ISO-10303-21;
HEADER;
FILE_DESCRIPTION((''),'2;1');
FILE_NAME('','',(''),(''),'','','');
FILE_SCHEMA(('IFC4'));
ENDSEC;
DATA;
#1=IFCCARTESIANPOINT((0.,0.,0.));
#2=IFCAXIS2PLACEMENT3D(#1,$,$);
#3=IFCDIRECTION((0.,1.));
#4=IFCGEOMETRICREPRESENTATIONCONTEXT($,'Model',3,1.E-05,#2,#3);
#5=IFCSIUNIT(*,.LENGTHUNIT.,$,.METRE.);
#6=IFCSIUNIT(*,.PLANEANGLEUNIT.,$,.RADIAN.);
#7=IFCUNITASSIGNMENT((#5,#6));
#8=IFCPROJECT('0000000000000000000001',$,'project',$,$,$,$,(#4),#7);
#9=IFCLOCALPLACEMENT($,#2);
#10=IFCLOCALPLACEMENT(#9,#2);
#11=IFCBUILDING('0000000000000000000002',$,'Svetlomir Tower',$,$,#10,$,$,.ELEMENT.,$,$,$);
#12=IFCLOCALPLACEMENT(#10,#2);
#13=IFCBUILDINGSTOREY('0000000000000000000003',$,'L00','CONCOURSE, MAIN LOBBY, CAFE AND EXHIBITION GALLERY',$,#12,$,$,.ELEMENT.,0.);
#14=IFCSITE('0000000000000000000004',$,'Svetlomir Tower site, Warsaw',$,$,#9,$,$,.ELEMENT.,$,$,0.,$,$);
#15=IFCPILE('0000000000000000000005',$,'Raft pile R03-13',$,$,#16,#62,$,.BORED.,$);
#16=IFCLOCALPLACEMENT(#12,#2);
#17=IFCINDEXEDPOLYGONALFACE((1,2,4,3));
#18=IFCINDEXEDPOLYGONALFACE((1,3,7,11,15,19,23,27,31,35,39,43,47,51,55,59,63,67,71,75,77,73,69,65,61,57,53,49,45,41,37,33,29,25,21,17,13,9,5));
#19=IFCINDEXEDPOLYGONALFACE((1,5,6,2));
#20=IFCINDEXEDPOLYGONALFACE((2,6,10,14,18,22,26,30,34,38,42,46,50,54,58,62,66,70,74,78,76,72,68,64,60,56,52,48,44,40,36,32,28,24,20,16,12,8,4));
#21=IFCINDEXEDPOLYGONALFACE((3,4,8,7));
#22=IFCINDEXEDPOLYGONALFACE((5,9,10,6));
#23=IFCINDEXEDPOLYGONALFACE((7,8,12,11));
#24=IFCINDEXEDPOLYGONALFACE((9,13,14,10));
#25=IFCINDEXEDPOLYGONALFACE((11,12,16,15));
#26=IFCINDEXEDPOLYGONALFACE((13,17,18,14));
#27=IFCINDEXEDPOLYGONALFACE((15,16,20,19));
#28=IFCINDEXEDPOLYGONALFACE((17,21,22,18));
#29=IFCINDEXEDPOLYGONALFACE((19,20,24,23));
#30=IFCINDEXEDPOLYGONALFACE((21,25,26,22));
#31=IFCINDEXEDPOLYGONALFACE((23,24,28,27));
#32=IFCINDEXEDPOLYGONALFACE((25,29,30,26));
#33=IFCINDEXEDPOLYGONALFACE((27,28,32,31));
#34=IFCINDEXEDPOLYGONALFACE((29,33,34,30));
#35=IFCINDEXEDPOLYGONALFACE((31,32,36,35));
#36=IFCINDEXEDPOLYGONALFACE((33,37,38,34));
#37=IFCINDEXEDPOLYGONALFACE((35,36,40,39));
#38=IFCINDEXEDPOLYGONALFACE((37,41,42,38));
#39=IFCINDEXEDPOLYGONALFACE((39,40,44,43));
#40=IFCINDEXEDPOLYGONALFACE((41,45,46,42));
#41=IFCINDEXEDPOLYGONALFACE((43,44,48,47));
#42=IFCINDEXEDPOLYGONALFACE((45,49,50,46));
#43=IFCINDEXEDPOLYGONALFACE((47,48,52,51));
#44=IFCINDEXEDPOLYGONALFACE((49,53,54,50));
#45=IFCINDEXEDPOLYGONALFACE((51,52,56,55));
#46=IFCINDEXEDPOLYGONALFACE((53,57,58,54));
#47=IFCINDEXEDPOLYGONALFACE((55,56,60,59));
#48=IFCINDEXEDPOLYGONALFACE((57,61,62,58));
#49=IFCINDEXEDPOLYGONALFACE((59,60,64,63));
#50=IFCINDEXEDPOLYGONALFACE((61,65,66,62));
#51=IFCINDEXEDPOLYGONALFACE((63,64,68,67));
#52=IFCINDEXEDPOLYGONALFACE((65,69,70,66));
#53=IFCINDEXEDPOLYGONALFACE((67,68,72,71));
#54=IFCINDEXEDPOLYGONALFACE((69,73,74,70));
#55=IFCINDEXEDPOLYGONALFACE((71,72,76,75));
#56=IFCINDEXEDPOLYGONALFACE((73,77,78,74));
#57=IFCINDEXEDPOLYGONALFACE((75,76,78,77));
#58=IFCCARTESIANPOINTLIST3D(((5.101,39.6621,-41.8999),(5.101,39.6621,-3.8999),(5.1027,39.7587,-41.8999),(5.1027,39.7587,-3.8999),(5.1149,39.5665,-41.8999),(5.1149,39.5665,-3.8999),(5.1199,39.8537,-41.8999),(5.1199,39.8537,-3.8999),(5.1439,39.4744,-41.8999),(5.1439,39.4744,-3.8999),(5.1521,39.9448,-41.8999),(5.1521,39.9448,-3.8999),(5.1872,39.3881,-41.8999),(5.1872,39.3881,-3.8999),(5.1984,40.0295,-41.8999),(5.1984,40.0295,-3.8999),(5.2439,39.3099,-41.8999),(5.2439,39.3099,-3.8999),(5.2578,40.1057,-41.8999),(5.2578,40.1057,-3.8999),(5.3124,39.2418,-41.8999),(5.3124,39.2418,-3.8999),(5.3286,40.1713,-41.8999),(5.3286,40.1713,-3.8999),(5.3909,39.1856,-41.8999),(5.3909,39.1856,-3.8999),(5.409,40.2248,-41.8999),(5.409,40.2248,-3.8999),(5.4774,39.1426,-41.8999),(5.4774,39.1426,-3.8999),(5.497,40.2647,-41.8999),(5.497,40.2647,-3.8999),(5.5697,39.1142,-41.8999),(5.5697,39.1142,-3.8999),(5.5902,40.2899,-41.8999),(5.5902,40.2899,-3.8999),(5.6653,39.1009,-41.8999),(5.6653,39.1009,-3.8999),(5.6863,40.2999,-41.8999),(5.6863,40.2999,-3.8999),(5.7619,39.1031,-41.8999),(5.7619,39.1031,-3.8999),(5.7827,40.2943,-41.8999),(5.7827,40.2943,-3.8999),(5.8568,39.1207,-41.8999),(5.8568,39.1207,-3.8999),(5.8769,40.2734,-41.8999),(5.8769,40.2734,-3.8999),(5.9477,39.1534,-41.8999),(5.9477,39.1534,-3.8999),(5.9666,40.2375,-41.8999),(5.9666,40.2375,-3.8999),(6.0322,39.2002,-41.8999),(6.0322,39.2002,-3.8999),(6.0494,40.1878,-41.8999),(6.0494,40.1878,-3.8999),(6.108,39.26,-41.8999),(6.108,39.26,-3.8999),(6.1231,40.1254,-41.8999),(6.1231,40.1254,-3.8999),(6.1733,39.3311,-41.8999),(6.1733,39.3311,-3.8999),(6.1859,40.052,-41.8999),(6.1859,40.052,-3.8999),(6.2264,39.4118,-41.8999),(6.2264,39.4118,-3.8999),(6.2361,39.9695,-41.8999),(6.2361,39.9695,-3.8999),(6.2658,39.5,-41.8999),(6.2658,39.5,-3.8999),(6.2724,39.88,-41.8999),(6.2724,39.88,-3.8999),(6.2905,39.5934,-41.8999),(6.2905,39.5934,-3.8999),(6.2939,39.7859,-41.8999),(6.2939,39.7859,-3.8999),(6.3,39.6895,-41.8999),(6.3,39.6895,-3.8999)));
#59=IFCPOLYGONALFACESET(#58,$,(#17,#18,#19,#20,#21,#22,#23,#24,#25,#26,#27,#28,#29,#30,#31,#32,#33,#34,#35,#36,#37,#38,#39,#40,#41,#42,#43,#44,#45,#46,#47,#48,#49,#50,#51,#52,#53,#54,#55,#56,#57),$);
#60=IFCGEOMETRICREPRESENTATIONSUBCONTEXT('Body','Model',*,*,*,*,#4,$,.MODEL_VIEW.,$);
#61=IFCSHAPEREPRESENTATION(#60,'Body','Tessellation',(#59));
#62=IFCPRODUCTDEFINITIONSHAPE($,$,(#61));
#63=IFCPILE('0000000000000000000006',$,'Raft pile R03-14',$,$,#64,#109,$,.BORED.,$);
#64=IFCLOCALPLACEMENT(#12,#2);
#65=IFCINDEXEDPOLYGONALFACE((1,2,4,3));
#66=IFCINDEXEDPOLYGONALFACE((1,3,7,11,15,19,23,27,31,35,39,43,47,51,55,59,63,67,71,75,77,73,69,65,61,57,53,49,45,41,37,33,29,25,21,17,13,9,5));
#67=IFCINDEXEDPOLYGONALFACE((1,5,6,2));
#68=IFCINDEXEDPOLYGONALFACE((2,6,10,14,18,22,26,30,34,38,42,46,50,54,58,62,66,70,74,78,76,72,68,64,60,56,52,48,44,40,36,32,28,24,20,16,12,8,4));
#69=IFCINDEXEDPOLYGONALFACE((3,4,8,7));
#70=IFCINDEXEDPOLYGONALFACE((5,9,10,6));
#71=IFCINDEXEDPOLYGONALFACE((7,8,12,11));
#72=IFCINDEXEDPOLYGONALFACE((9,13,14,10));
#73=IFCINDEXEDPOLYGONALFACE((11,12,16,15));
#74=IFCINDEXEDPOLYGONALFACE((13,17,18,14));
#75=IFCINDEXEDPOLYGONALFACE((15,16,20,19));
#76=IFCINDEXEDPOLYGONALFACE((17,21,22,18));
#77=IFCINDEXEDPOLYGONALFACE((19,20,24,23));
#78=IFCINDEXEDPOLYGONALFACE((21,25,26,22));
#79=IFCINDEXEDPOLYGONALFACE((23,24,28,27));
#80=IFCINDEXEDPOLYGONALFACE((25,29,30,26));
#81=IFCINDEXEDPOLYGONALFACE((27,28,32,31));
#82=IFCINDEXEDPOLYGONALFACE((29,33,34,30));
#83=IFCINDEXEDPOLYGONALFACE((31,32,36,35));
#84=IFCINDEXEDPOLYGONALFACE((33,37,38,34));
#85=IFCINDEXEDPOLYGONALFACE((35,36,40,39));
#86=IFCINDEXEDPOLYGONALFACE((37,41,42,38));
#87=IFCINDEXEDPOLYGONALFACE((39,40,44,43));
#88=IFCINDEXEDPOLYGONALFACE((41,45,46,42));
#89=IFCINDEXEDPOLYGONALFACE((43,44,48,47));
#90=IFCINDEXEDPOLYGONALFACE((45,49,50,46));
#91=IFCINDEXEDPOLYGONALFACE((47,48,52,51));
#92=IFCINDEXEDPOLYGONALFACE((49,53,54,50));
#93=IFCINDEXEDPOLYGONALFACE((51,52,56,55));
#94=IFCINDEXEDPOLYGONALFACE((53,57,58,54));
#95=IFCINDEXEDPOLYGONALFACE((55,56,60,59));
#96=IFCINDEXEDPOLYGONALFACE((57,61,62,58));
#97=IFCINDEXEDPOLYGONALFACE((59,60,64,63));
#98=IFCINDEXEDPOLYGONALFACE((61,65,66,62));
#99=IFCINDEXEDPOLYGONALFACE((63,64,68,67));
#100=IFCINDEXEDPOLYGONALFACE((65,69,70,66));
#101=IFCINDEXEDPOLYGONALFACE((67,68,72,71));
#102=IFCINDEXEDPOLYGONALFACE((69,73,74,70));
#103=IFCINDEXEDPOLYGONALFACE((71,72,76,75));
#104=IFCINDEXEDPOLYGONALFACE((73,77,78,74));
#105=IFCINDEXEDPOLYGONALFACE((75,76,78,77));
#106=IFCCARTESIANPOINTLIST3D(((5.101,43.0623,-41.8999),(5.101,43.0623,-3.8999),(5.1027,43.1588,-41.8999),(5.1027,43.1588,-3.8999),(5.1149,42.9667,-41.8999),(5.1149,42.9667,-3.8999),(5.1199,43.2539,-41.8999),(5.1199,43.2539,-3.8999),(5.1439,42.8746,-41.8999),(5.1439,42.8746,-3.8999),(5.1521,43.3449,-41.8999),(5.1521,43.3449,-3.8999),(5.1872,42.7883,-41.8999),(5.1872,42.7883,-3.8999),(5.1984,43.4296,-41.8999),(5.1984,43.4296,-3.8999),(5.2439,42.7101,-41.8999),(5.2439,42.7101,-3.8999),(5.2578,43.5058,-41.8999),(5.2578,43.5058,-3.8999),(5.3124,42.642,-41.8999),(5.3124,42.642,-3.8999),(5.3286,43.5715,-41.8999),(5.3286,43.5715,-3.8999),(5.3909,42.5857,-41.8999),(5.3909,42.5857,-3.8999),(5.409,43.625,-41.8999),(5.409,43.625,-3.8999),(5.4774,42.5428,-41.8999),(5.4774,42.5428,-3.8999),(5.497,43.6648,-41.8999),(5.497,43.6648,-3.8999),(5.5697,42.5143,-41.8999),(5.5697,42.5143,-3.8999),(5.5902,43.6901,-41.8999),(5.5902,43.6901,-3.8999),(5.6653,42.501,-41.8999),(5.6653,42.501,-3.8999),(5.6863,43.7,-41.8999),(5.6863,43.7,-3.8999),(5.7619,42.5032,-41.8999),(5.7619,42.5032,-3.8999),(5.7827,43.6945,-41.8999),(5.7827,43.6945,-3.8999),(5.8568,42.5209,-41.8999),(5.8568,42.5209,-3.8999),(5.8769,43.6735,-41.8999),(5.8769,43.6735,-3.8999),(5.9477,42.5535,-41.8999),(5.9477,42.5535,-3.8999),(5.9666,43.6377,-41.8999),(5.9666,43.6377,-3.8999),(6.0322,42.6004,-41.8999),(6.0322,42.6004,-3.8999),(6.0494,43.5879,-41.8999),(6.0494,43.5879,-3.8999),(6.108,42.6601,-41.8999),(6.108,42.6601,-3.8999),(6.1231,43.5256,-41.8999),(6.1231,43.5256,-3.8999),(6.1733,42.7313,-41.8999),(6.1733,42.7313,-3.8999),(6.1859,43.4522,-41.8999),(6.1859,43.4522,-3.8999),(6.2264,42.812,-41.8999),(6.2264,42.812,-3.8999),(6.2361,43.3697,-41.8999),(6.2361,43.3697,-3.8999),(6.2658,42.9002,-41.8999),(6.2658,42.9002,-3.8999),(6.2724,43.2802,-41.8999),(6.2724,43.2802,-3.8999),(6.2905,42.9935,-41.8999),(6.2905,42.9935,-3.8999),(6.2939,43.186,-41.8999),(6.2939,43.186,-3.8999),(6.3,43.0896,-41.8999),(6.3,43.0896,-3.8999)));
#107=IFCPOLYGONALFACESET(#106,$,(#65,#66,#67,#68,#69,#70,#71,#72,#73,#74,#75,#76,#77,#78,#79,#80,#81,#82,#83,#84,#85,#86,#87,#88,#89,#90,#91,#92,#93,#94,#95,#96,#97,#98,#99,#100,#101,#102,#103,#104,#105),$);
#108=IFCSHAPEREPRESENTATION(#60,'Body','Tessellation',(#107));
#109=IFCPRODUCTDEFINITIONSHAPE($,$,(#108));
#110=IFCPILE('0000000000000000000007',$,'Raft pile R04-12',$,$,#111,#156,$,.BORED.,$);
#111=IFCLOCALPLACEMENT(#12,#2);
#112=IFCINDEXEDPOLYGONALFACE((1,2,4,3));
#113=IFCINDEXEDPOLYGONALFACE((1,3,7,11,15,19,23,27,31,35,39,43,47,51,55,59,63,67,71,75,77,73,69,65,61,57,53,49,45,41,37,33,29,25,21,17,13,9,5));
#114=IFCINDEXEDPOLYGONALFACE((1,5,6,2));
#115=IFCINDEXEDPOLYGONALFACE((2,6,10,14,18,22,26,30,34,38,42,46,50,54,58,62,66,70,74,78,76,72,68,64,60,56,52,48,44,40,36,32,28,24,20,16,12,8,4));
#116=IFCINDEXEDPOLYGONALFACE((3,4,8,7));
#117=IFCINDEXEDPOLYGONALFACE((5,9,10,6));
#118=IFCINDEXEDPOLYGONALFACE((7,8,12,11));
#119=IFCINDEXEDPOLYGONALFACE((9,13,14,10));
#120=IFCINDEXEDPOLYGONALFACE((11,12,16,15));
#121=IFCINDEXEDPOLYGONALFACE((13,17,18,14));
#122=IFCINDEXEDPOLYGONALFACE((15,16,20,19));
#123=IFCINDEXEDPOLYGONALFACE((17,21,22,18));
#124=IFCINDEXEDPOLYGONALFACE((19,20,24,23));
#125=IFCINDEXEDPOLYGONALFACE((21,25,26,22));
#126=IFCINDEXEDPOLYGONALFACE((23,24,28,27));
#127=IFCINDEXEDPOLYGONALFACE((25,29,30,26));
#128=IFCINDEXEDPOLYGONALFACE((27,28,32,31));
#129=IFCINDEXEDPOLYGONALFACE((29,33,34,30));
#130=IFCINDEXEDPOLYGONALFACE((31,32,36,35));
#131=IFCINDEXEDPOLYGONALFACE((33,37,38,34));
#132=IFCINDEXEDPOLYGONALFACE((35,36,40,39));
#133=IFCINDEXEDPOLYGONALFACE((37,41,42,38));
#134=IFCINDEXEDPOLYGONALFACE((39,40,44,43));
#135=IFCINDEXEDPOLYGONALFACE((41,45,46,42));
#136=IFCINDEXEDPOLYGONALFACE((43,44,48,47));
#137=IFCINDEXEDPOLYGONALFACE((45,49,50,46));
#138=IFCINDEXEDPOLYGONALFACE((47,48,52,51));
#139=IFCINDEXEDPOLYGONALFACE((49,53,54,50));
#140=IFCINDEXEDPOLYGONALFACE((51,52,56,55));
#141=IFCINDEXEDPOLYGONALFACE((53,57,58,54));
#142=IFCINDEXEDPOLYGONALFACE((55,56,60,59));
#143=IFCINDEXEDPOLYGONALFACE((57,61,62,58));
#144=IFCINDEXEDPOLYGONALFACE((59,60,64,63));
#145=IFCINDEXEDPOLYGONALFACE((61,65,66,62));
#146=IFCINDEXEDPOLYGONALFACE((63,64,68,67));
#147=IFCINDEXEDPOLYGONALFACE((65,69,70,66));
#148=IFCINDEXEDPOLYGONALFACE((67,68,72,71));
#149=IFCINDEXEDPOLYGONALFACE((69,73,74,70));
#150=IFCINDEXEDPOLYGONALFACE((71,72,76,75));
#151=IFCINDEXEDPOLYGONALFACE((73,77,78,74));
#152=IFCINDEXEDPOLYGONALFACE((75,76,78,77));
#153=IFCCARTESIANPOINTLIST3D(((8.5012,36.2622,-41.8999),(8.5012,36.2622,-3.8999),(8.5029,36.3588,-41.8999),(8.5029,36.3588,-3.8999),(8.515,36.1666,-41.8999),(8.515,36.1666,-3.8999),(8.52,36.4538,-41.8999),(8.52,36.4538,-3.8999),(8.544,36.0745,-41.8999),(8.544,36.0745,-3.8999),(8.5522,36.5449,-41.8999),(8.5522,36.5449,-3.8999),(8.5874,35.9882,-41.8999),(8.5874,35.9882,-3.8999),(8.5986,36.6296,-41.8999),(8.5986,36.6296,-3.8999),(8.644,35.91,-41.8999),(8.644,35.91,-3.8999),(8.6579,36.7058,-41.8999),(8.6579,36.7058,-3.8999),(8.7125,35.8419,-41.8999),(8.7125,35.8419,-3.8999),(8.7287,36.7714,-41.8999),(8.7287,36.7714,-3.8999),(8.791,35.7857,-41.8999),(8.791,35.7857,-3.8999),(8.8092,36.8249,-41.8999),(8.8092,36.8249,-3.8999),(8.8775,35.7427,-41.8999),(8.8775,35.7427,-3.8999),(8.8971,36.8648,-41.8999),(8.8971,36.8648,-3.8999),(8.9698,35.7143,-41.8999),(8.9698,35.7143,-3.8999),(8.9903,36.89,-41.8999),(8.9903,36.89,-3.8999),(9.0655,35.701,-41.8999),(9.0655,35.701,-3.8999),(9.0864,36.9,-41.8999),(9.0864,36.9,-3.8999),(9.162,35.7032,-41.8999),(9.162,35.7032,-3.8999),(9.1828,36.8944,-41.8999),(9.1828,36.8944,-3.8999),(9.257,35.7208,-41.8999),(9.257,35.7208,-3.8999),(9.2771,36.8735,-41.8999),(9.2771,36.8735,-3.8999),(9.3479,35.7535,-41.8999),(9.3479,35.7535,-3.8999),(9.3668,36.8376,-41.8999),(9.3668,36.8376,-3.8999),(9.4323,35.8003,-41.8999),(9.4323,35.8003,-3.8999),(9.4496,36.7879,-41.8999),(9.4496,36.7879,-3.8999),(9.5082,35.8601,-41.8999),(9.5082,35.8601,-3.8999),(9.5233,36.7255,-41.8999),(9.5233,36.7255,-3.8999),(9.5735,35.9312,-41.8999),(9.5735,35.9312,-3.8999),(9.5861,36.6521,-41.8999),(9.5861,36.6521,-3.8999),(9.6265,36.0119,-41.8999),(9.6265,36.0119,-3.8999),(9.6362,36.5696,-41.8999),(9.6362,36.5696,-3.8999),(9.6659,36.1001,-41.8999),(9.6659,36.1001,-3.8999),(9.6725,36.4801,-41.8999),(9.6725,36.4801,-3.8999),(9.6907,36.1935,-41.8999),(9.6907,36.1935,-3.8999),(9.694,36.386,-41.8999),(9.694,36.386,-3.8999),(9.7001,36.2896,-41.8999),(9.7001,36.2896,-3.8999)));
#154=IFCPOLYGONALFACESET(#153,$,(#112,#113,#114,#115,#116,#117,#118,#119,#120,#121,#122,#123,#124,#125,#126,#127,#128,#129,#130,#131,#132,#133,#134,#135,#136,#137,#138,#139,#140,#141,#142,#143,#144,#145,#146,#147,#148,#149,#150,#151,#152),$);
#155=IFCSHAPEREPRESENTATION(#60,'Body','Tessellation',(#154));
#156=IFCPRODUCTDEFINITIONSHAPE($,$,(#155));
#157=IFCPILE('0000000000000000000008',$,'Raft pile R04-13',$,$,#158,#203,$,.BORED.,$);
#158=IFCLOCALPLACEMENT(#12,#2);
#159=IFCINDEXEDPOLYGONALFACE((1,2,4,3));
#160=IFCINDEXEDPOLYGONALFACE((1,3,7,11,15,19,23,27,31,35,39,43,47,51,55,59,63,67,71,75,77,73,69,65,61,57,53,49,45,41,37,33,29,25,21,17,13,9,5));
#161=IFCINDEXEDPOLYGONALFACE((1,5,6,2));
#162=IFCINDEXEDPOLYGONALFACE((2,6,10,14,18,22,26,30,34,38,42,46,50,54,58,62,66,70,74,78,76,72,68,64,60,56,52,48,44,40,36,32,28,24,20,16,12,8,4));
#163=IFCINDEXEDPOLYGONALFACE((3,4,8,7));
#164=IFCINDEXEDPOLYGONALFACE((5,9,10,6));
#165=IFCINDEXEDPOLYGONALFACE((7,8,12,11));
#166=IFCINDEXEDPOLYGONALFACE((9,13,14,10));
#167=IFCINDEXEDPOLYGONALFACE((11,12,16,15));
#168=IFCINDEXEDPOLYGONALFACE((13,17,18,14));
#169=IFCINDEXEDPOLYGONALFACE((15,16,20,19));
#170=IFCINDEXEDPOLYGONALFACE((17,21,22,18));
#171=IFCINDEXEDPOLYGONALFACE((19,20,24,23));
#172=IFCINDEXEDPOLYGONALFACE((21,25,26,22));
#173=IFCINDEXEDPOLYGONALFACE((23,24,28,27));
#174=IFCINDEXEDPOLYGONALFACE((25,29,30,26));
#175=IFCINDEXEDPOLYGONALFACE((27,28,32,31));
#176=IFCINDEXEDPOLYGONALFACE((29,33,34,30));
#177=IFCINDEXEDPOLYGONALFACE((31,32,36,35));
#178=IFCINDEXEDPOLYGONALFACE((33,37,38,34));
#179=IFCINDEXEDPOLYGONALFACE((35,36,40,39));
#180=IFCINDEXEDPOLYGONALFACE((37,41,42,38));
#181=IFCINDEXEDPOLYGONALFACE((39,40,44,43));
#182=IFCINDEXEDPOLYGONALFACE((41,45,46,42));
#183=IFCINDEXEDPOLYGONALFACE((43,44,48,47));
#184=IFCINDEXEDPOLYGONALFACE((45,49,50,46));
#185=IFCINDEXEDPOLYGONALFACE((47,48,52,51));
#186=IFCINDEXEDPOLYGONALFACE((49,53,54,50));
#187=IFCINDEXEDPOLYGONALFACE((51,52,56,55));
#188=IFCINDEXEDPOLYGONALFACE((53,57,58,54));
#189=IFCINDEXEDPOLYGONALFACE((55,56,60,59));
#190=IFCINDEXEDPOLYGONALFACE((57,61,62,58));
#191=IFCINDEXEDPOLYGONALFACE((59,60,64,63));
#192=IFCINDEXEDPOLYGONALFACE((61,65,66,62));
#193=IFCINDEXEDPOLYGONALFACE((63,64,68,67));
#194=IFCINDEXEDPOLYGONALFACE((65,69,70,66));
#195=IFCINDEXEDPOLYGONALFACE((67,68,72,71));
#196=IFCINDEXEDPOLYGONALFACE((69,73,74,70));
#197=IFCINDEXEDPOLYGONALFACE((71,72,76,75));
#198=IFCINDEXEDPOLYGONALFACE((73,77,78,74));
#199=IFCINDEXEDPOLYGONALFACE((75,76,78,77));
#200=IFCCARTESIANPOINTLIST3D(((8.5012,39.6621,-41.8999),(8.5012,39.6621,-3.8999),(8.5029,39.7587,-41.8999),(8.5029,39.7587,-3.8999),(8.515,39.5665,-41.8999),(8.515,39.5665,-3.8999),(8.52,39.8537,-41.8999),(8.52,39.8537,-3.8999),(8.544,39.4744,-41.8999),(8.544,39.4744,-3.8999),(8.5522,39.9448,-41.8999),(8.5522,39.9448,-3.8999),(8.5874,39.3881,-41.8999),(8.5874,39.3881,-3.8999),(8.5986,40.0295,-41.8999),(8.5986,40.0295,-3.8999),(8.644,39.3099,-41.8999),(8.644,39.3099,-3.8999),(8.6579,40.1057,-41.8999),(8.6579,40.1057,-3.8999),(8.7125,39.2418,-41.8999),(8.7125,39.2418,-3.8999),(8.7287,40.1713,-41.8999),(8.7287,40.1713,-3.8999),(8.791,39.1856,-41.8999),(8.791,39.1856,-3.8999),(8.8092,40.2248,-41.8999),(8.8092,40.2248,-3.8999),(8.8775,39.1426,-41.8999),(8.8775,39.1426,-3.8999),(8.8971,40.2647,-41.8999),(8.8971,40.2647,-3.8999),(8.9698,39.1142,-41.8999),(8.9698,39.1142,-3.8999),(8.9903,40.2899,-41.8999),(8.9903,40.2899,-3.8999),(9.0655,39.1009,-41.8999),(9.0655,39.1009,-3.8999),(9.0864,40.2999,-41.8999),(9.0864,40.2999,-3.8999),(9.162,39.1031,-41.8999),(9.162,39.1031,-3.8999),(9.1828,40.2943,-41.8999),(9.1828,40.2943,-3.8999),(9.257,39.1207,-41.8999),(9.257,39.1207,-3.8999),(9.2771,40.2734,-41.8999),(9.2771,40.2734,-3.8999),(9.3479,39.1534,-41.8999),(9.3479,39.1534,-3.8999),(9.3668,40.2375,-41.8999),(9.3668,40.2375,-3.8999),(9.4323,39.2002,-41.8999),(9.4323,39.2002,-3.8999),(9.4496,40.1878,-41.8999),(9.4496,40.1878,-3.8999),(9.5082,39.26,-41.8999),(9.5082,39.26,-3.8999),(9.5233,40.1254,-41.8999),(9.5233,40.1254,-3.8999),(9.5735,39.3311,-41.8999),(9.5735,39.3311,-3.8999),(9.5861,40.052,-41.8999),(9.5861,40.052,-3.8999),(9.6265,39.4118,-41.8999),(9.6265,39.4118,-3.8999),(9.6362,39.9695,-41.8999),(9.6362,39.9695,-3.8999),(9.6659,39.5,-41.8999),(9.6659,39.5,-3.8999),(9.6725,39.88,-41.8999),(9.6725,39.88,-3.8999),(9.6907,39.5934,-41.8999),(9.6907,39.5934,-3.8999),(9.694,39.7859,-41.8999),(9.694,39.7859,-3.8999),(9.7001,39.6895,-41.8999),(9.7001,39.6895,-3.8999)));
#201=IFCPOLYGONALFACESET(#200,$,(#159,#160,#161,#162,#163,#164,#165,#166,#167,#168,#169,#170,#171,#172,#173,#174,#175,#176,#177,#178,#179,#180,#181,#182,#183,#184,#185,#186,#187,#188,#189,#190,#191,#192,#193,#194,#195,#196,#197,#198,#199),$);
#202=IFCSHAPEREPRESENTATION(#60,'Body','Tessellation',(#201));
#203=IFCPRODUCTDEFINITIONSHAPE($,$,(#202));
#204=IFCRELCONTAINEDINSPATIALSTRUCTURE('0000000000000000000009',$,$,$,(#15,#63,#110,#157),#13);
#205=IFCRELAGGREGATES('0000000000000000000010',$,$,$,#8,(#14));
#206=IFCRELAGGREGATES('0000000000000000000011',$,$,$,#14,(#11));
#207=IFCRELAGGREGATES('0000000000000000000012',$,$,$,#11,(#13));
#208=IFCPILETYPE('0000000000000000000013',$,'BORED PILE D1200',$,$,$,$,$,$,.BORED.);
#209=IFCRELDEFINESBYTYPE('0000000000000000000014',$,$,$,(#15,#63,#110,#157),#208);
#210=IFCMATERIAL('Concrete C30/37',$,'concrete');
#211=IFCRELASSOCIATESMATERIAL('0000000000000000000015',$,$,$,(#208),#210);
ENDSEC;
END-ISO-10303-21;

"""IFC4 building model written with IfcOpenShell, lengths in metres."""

from ifc_helpers import new_model, si_unit, direction, frame, frame_2d, origin, origin_2d, place, context, subcontext, project, spatial, circle, extrude, material, material_profile, profile_set, type_object, element, save


model = new_model("IFC4")

# Units and contexts
model_context = context("Model", 3, precision=1e-05, world=origin(), true_north=direction((0.0, 1.0)))
body_context = subcontext(model_context, "Body", "Model", "MODEL_VIEW")
ifc_project = project(units=[si_unit("LENGTHUNIT", "METRE"), si_unit("PLANEANGLEUNIT", "RADIAN")], contexts=[model_context])

# Site, building, storey
site_placement = place(None, origin())
site = spatial("IfcSite", under=ifc_project, at=site_placement, Name="Svetlomir Tower site, Warsaw", CompositionType="ELEMENT", RefElevation=0.0)
building_placement = place(site_placement, origin())
building = spatial("IfcBuilding", under=site, at=building_placement, Name="Svetlomir Tower", CompositionType="ELEMENT")
storey_placement = place(building_placement, origin())
storey = spatial("IfcBuildingStorey", under=building, at=storey_placement, Name="L00", Description="CONCOURSE, MAIN LOBBY, CAFE AND EXHIBITION GALLERY", CompositionType="ELEMENT", Elevation=0.0)

# Piles
ifc_material_1 = material(Name="Concrete C30/37", Category="concrete")
ifc_material_profile_1 = material_profile(ifc_material_1, circle(Radius=0.6001, at=origin_2d()), Name="D1200")
ifc_profile_set_1 = profile_set([ifc_material_profile_1], Name="Concrete C30/37")
pile_type = type_object("IfcPileType", Name="BORED PILE D1200", PredefinedType="BORED", material=ifc_profile_set_1)
for number, where, z_axis, x_axis, name in (
    (1, (5.7, 39.7, -3.8999), (0.0, 0.0, -1.0), (1.0, 0.0, 0.0), "Raft pile R03-13"),
    (2, (5.7, 43.1001, -3.8999), (0.0, 0.0, -1.0), (1.0, 0.0, 0.0), "Raft pile R03-14"),
    (3, (9.1001, 36.3, -3.8999), (0.0, 0.0, -1.0), (1.0, 0.0, 0.0), "Raft pile R04-12"),
    (4, (9.1001, 39.7, -3.8999), (0.0, 0.0, -1.0), (1.0, 0.0, 0.0), "Raft pile R04-13"),
):
    element("IfcPile", number, at=place(storey_placement, frame(where, z_axis=z_axis, x_axis=x_axis)), inside=storey, type_object=pile_type, Name=name, PredefinedType="BORED", context=body_context, shape_type="SweptSolid", body=[
        extrude(circle(Radius=0.6001, at=frame_2d((0.0, 0.0), x_axis=(0.999848, 0.017452))), origin(), (0.0, 0.0, 1.0), 38.0),
    ])

save(model, "model.ifc")
